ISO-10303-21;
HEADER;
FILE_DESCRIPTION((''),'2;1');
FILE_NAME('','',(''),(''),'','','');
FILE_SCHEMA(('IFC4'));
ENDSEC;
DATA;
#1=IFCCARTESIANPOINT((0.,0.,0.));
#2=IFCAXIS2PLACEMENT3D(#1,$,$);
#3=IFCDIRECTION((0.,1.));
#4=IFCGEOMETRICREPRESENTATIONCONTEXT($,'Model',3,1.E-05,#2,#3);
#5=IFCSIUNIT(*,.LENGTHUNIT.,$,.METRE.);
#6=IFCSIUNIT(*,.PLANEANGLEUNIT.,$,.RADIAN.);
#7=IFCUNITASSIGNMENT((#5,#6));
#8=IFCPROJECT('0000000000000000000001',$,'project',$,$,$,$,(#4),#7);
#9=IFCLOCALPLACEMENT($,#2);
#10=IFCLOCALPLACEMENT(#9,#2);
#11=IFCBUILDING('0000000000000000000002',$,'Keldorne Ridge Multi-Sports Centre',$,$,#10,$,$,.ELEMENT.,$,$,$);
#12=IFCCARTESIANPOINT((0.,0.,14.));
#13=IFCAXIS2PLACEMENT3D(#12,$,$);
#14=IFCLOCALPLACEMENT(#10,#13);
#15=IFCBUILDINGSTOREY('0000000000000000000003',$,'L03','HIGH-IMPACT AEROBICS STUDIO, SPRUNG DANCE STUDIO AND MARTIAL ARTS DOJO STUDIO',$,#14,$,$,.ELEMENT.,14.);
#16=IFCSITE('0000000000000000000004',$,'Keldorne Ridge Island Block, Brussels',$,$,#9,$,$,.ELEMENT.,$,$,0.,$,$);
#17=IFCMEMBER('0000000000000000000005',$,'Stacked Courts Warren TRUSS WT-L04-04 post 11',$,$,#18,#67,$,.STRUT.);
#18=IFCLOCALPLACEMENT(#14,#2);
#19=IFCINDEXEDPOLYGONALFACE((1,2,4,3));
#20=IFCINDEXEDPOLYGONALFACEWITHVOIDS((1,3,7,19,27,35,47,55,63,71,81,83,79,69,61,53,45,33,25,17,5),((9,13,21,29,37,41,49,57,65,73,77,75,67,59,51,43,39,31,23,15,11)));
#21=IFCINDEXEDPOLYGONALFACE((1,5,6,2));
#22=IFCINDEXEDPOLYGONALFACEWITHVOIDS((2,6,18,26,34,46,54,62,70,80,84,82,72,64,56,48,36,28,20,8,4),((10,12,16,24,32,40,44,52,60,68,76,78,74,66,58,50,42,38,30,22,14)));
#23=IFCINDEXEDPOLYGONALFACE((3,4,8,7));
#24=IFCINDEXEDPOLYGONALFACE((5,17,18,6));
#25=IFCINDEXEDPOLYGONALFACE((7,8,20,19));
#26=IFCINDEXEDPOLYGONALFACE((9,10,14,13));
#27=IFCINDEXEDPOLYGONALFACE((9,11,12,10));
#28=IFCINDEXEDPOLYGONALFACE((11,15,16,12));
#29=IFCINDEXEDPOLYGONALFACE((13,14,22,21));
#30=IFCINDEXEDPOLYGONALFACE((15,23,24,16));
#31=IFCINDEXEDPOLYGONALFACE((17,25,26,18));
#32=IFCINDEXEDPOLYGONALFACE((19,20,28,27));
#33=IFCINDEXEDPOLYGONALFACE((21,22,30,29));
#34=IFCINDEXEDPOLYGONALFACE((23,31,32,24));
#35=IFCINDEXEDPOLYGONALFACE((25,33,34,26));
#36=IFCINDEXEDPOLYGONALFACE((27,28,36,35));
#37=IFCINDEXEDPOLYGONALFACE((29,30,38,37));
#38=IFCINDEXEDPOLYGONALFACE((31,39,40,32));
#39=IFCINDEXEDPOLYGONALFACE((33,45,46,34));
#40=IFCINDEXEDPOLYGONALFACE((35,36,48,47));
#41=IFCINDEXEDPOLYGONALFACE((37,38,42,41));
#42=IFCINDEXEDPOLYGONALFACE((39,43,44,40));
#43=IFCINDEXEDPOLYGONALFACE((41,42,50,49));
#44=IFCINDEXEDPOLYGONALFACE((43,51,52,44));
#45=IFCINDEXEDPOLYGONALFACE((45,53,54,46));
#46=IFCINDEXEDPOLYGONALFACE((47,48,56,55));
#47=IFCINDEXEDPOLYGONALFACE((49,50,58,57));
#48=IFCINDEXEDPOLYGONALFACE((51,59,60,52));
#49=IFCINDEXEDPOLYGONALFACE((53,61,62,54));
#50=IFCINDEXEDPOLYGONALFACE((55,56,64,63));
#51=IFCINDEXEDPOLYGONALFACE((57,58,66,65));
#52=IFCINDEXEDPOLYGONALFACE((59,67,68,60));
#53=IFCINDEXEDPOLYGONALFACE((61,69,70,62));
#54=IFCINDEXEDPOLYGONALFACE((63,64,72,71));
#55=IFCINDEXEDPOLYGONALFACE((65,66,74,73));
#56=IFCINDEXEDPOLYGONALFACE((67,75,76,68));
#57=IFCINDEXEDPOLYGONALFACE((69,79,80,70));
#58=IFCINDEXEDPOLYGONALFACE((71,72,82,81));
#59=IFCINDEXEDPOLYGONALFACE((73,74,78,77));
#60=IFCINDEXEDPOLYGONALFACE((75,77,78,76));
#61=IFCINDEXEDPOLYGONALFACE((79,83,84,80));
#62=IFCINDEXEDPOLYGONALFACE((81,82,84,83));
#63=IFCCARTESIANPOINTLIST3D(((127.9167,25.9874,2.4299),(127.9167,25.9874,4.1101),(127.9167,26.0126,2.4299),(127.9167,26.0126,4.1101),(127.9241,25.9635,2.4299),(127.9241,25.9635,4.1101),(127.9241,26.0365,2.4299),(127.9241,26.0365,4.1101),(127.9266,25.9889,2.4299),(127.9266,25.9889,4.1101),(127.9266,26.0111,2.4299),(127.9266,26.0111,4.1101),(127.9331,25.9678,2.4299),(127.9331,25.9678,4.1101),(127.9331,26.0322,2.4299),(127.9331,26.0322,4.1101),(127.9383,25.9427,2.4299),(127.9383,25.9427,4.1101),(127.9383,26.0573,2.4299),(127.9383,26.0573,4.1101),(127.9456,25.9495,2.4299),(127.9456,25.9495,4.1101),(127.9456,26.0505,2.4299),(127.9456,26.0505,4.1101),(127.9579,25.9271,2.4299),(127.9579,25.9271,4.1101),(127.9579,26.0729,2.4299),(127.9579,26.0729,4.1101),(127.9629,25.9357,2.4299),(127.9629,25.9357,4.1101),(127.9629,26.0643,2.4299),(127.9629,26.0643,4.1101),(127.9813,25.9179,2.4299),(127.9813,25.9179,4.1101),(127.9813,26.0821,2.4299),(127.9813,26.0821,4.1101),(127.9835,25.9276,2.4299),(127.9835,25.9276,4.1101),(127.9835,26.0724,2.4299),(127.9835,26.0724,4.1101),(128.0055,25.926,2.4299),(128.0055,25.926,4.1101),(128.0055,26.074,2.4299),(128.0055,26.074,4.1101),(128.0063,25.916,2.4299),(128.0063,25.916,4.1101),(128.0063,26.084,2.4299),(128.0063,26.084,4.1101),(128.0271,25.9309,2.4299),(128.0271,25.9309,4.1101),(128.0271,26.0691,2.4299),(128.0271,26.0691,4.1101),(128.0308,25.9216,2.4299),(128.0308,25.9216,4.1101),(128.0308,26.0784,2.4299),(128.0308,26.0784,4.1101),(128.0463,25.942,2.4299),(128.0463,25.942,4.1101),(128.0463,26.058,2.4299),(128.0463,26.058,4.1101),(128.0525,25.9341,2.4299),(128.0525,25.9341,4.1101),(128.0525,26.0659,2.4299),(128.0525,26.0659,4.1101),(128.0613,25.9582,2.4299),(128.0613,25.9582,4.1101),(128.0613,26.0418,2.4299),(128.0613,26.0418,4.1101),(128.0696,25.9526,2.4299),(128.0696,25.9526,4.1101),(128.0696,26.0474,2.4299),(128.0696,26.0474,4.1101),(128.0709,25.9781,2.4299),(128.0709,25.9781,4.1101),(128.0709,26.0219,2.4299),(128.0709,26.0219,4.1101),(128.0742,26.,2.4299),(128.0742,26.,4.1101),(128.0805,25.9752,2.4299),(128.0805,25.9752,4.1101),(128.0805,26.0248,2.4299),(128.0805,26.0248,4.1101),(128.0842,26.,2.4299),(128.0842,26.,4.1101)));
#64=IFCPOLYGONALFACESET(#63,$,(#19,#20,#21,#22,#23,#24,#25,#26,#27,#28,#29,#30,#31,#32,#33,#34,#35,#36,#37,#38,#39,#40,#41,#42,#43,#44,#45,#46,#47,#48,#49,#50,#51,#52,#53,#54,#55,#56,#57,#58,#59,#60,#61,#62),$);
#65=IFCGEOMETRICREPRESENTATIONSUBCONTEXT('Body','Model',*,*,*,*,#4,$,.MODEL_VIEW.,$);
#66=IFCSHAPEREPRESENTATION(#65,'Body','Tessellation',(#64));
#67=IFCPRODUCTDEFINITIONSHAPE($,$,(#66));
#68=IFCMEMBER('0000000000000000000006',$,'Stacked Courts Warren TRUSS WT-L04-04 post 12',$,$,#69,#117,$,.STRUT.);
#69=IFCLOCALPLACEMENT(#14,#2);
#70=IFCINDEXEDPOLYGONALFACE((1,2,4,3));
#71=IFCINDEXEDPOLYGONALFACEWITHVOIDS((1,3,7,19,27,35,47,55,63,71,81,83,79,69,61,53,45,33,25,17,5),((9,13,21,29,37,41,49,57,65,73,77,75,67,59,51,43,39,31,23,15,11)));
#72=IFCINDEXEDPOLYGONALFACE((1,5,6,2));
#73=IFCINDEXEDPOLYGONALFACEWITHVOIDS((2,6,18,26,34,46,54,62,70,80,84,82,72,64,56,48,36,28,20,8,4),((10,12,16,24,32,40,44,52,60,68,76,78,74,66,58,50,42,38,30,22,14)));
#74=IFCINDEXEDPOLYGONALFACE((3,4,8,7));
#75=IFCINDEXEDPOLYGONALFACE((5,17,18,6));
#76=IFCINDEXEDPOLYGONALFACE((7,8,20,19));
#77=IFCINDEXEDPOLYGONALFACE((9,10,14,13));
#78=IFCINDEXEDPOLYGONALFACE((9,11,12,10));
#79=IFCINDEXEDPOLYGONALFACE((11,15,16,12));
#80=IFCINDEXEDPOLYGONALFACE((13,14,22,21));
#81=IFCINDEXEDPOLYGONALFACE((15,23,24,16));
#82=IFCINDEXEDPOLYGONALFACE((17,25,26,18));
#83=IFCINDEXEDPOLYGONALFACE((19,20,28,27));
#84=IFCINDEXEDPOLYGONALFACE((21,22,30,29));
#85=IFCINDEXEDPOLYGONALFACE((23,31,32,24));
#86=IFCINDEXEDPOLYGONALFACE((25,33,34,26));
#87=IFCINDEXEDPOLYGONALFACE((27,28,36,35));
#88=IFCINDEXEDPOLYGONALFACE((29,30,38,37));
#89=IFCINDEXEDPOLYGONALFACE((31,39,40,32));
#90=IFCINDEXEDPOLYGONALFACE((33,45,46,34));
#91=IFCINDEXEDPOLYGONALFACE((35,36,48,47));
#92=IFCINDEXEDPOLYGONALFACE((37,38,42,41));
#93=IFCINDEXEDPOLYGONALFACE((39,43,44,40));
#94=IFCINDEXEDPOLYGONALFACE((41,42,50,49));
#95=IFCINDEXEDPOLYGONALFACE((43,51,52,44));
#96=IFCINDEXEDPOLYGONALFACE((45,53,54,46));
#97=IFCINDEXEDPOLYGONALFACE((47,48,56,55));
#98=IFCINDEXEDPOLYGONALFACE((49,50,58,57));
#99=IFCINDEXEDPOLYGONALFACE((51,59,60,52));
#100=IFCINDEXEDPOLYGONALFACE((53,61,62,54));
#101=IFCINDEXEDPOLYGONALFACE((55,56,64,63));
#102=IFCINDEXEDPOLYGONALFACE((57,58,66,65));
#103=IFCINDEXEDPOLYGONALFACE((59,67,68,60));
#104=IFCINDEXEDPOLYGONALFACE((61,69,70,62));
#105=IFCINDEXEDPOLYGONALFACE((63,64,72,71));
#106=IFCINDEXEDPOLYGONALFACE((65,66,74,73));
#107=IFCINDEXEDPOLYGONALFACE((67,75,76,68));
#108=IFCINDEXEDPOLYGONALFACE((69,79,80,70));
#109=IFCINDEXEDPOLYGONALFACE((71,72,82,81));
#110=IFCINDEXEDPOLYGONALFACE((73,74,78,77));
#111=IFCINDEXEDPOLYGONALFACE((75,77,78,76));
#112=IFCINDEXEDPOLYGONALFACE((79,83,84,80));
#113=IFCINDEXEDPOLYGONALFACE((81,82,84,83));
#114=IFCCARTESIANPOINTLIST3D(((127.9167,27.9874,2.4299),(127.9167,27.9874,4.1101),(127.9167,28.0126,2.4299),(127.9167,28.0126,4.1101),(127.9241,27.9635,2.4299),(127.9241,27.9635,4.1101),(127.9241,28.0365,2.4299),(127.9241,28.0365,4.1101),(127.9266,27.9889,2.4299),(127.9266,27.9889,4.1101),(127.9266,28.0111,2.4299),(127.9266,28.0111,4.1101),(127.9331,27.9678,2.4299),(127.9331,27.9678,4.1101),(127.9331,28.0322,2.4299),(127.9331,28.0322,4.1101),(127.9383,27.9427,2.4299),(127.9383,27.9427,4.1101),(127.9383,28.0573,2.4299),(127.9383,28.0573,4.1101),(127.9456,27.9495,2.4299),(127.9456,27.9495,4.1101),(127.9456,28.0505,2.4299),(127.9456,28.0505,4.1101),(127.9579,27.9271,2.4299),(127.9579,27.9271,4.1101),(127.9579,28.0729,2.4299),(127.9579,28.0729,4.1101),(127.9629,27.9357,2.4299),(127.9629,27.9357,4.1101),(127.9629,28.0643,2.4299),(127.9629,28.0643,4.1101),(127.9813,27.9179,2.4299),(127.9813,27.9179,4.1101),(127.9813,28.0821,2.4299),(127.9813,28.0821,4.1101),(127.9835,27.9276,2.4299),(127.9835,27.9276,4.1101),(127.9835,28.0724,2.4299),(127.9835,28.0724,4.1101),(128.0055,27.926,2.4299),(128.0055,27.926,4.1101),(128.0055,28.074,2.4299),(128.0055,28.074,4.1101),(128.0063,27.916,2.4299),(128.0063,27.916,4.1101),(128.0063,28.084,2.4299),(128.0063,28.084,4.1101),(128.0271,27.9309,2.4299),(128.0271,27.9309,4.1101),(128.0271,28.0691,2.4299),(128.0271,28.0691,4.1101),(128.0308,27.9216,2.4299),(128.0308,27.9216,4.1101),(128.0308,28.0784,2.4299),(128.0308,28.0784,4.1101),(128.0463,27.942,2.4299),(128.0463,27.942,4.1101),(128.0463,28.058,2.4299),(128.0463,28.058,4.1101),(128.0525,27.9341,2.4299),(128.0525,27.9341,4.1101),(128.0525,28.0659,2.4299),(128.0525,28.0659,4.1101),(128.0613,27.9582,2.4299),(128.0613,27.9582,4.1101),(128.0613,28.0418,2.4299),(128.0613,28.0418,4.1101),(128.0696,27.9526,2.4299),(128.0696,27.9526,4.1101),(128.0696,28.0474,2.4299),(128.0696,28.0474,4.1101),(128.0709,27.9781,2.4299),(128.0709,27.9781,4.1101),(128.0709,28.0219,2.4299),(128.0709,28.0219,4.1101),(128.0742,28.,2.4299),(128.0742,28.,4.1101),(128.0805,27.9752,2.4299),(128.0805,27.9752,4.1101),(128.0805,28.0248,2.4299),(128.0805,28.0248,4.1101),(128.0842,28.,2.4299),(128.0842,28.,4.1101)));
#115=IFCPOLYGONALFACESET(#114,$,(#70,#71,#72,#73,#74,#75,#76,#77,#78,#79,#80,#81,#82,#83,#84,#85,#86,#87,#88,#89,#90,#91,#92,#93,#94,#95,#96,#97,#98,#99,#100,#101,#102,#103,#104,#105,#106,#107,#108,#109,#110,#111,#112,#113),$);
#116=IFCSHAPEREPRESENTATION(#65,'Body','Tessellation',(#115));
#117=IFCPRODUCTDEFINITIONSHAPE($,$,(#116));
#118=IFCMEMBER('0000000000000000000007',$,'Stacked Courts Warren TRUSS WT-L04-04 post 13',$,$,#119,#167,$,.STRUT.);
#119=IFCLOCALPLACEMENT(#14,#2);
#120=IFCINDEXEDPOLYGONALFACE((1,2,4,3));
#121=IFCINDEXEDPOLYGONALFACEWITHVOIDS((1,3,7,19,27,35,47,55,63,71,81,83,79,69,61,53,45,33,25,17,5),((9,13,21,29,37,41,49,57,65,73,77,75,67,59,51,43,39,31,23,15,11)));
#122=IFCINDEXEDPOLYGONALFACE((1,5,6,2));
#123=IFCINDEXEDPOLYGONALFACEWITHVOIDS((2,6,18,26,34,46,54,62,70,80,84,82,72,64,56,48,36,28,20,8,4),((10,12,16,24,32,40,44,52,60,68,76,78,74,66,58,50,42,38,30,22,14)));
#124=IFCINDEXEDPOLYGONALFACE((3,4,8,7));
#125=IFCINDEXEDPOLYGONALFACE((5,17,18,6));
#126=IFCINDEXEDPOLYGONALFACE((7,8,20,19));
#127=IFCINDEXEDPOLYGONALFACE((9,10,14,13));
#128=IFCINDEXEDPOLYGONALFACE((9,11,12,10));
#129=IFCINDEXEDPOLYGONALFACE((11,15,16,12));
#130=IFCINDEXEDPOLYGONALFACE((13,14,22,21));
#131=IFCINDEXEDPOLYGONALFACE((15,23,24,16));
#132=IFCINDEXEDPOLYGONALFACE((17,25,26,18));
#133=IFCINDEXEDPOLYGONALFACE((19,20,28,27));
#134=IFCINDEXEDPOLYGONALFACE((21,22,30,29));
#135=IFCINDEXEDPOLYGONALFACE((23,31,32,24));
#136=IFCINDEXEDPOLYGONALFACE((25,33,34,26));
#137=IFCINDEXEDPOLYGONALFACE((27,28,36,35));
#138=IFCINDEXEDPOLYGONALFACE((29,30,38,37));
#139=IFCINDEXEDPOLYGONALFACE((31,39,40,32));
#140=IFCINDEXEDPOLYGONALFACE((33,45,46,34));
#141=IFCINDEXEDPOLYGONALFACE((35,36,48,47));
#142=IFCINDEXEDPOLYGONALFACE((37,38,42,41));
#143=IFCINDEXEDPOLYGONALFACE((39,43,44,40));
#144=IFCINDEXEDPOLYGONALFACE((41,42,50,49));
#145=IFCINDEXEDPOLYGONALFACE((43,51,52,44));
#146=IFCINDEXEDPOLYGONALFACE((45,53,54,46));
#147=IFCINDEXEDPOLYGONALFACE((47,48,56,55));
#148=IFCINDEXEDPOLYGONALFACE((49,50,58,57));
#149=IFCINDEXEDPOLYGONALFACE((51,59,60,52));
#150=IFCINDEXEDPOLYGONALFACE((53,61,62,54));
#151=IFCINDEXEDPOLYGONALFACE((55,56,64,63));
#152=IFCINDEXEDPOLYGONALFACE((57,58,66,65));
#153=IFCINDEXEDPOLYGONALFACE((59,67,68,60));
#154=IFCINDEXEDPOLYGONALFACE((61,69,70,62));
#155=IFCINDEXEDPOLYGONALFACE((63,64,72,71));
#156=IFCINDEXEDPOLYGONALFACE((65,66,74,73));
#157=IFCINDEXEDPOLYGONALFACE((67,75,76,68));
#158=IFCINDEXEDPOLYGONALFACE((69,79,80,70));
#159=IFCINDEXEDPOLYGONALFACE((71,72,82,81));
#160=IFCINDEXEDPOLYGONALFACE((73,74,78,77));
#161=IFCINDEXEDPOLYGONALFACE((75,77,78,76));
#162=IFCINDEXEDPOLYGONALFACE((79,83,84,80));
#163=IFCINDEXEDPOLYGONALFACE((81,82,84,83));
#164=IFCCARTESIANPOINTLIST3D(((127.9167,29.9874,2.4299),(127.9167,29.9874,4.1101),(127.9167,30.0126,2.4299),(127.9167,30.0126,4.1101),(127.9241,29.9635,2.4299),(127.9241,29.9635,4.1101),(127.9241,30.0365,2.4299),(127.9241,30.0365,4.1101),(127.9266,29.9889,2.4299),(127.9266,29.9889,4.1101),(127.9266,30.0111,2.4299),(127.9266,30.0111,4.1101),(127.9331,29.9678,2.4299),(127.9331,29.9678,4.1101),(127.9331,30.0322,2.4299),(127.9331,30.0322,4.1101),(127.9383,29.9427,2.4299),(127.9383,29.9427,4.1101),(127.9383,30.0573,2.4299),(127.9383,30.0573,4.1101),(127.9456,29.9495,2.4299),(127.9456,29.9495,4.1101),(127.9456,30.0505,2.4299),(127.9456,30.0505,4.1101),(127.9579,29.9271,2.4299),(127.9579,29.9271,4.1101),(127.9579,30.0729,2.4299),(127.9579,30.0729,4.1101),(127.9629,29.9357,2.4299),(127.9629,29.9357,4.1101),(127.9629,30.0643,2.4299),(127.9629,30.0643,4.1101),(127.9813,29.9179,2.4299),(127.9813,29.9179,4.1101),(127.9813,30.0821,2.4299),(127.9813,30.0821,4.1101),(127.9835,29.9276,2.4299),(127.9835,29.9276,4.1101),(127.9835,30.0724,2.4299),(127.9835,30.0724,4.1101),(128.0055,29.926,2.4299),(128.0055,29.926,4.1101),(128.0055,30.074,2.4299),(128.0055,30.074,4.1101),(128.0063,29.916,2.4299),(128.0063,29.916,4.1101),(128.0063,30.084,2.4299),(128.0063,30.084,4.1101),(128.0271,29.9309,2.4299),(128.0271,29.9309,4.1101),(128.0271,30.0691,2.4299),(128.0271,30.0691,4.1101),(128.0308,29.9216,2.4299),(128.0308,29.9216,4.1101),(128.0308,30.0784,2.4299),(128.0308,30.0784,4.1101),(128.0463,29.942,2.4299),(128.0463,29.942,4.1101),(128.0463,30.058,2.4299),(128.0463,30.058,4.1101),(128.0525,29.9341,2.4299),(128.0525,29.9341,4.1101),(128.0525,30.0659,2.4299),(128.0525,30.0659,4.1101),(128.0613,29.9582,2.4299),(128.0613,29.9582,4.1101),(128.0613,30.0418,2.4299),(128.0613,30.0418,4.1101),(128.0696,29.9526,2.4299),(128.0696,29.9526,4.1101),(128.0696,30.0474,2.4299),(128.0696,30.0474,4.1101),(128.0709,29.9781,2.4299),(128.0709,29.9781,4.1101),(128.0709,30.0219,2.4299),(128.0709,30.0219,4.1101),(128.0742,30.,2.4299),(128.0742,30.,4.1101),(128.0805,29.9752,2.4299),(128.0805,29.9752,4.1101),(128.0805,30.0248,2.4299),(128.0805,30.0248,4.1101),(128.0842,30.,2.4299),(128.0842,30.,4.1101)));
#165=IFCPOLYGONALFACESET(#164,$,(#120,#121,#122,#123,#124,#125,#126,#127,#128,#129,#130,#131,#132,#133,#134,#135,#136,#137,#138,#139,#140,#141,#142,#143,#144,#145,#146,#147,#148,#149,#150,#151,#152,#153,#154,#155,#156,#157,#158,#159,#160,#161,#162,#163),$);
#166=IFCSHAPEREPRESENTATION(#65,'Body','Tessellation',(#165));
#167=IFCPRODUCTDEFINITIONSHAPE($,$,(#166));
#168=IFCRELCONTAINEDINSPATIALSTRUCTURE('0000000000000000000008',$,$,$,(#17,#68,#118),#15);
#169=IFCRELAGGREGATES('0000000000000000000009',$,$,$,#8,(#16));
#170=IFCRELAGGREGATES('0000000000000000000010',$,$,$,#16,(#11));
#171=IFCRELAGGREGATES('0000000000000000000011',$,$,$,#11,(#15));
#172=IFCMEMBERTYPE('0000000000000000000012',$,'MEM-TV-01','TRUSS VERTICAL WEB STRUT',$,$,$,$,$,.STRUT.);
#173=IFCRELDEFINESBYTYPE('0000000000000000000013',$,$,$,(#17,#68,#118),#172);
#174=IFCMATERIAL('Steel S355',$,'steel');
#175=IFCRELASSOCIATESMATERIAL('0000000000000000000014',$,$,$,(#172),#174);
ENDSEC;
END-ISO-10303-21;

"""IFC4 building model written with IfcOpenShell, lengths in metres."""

from ifc_helpers import new_model, si_unit, direction, frame, origin, origin_2d, place, context, subcontext, project, spatial, hollow_circle, extrude, material, material_profile, profile_set, type_object, element, save


model = new_model("IFC4")

# Units and contexts
model_context = context("Model", 3, precision=1e-05, world=origin(), true_north=direction((0.0, 1.0)))
body_context = subcontext(model_context, "Body", "Model", "MODEL_VIEW")
ifc_project = project(units=[si_unit("LENGTHUNIT", "METRE"), si_unit("PLANEANGLEUNIT", "RADIAN")], contexts=[model_context])

# Site, building, storey
site_placement = place(None, origin())
site = spatial("IfcSite", under=ifc_project, at=site_placement, Name="Keldorne Ridge Island Block, Brussels", CompositionType="ELEMENT", RefElevation=0.0)
building_placement = place(site_placement, origin())
building = spatial("IfcBuilding", under=site, at=building_placement, Name="Keldorne Ridge Multi-Sports Centre", CompositionType="ELEMENT")
storey_placement = place(building_placement, frame((0.0, 0.0, 14.0)))
storey = spatial("IfcBuildingStorey", under=building, at=storey_placement, Name="L03", Description="HIGH-IMPACT AEROBICS STUDIO, SPRUNG DANCE STUDIO AND MARTIAL ARTS DOJO STUDIO", CompositionType="ELEMENT", Elevation=14.0)

# Members
ifc_material = material(Name="Steel S355", Category="steel")
ifc_material_profile_1 = material_profile(ifc_material, hollow_circle(Radius=0.0842, WallThickness=0.01, at=origin_2d()), Name="CHS 168.3x10")
ifc_profile_set_1 = profile_set([ifc_material_profile_1], Name="Steel S355")
member_type_1 = type_object("IfcMemberType", Name="MEM-TV-01", Description="TRUSS VERTICAL WEB STRUT", PredefinedType="STRUT", material=ifc_profile_set_1)
for number, where, z_axis, x_axis, name in (
    (1, (128.0, 26.0, 2.4299), (0.0, 0.0, 1.0), (1.0, 0.0, 0.0), "Stacked Courts Warren TRUSS WT-L04-04 post 11"),
    (2, (128.0, 28.0, 2.4299), (0.0, 0.0, 1.0), (1.0, 0.0, 0.0), "Stacked Courts Warren TRUSS WT-L04-04 post 12"),
    (3, (128.0, 30.0, 2.4299), (0.0, 0.0, 1.0), (1.0, 0.0, 0.0), "Stacked Courts Warren TRUSS WT-L04-04 post 13"),
):
    element("IfcMember", number, at=place(storey_placement, frame(where, z_axis=z_axis, x_axis=x_axis)), inside=storey, type_object=member_type_1, Name=name, PredefinedType="STRUT", context=body_context, shape_type="SweptSolid", body=[
        extrude(hollow_circle(Radius=0.0842, WallThickness=0.01, at=origin_2d()), origin(), (0.0, 0.0, 1.0), 1.6802),
    ])

save(model, "model.ifc")
